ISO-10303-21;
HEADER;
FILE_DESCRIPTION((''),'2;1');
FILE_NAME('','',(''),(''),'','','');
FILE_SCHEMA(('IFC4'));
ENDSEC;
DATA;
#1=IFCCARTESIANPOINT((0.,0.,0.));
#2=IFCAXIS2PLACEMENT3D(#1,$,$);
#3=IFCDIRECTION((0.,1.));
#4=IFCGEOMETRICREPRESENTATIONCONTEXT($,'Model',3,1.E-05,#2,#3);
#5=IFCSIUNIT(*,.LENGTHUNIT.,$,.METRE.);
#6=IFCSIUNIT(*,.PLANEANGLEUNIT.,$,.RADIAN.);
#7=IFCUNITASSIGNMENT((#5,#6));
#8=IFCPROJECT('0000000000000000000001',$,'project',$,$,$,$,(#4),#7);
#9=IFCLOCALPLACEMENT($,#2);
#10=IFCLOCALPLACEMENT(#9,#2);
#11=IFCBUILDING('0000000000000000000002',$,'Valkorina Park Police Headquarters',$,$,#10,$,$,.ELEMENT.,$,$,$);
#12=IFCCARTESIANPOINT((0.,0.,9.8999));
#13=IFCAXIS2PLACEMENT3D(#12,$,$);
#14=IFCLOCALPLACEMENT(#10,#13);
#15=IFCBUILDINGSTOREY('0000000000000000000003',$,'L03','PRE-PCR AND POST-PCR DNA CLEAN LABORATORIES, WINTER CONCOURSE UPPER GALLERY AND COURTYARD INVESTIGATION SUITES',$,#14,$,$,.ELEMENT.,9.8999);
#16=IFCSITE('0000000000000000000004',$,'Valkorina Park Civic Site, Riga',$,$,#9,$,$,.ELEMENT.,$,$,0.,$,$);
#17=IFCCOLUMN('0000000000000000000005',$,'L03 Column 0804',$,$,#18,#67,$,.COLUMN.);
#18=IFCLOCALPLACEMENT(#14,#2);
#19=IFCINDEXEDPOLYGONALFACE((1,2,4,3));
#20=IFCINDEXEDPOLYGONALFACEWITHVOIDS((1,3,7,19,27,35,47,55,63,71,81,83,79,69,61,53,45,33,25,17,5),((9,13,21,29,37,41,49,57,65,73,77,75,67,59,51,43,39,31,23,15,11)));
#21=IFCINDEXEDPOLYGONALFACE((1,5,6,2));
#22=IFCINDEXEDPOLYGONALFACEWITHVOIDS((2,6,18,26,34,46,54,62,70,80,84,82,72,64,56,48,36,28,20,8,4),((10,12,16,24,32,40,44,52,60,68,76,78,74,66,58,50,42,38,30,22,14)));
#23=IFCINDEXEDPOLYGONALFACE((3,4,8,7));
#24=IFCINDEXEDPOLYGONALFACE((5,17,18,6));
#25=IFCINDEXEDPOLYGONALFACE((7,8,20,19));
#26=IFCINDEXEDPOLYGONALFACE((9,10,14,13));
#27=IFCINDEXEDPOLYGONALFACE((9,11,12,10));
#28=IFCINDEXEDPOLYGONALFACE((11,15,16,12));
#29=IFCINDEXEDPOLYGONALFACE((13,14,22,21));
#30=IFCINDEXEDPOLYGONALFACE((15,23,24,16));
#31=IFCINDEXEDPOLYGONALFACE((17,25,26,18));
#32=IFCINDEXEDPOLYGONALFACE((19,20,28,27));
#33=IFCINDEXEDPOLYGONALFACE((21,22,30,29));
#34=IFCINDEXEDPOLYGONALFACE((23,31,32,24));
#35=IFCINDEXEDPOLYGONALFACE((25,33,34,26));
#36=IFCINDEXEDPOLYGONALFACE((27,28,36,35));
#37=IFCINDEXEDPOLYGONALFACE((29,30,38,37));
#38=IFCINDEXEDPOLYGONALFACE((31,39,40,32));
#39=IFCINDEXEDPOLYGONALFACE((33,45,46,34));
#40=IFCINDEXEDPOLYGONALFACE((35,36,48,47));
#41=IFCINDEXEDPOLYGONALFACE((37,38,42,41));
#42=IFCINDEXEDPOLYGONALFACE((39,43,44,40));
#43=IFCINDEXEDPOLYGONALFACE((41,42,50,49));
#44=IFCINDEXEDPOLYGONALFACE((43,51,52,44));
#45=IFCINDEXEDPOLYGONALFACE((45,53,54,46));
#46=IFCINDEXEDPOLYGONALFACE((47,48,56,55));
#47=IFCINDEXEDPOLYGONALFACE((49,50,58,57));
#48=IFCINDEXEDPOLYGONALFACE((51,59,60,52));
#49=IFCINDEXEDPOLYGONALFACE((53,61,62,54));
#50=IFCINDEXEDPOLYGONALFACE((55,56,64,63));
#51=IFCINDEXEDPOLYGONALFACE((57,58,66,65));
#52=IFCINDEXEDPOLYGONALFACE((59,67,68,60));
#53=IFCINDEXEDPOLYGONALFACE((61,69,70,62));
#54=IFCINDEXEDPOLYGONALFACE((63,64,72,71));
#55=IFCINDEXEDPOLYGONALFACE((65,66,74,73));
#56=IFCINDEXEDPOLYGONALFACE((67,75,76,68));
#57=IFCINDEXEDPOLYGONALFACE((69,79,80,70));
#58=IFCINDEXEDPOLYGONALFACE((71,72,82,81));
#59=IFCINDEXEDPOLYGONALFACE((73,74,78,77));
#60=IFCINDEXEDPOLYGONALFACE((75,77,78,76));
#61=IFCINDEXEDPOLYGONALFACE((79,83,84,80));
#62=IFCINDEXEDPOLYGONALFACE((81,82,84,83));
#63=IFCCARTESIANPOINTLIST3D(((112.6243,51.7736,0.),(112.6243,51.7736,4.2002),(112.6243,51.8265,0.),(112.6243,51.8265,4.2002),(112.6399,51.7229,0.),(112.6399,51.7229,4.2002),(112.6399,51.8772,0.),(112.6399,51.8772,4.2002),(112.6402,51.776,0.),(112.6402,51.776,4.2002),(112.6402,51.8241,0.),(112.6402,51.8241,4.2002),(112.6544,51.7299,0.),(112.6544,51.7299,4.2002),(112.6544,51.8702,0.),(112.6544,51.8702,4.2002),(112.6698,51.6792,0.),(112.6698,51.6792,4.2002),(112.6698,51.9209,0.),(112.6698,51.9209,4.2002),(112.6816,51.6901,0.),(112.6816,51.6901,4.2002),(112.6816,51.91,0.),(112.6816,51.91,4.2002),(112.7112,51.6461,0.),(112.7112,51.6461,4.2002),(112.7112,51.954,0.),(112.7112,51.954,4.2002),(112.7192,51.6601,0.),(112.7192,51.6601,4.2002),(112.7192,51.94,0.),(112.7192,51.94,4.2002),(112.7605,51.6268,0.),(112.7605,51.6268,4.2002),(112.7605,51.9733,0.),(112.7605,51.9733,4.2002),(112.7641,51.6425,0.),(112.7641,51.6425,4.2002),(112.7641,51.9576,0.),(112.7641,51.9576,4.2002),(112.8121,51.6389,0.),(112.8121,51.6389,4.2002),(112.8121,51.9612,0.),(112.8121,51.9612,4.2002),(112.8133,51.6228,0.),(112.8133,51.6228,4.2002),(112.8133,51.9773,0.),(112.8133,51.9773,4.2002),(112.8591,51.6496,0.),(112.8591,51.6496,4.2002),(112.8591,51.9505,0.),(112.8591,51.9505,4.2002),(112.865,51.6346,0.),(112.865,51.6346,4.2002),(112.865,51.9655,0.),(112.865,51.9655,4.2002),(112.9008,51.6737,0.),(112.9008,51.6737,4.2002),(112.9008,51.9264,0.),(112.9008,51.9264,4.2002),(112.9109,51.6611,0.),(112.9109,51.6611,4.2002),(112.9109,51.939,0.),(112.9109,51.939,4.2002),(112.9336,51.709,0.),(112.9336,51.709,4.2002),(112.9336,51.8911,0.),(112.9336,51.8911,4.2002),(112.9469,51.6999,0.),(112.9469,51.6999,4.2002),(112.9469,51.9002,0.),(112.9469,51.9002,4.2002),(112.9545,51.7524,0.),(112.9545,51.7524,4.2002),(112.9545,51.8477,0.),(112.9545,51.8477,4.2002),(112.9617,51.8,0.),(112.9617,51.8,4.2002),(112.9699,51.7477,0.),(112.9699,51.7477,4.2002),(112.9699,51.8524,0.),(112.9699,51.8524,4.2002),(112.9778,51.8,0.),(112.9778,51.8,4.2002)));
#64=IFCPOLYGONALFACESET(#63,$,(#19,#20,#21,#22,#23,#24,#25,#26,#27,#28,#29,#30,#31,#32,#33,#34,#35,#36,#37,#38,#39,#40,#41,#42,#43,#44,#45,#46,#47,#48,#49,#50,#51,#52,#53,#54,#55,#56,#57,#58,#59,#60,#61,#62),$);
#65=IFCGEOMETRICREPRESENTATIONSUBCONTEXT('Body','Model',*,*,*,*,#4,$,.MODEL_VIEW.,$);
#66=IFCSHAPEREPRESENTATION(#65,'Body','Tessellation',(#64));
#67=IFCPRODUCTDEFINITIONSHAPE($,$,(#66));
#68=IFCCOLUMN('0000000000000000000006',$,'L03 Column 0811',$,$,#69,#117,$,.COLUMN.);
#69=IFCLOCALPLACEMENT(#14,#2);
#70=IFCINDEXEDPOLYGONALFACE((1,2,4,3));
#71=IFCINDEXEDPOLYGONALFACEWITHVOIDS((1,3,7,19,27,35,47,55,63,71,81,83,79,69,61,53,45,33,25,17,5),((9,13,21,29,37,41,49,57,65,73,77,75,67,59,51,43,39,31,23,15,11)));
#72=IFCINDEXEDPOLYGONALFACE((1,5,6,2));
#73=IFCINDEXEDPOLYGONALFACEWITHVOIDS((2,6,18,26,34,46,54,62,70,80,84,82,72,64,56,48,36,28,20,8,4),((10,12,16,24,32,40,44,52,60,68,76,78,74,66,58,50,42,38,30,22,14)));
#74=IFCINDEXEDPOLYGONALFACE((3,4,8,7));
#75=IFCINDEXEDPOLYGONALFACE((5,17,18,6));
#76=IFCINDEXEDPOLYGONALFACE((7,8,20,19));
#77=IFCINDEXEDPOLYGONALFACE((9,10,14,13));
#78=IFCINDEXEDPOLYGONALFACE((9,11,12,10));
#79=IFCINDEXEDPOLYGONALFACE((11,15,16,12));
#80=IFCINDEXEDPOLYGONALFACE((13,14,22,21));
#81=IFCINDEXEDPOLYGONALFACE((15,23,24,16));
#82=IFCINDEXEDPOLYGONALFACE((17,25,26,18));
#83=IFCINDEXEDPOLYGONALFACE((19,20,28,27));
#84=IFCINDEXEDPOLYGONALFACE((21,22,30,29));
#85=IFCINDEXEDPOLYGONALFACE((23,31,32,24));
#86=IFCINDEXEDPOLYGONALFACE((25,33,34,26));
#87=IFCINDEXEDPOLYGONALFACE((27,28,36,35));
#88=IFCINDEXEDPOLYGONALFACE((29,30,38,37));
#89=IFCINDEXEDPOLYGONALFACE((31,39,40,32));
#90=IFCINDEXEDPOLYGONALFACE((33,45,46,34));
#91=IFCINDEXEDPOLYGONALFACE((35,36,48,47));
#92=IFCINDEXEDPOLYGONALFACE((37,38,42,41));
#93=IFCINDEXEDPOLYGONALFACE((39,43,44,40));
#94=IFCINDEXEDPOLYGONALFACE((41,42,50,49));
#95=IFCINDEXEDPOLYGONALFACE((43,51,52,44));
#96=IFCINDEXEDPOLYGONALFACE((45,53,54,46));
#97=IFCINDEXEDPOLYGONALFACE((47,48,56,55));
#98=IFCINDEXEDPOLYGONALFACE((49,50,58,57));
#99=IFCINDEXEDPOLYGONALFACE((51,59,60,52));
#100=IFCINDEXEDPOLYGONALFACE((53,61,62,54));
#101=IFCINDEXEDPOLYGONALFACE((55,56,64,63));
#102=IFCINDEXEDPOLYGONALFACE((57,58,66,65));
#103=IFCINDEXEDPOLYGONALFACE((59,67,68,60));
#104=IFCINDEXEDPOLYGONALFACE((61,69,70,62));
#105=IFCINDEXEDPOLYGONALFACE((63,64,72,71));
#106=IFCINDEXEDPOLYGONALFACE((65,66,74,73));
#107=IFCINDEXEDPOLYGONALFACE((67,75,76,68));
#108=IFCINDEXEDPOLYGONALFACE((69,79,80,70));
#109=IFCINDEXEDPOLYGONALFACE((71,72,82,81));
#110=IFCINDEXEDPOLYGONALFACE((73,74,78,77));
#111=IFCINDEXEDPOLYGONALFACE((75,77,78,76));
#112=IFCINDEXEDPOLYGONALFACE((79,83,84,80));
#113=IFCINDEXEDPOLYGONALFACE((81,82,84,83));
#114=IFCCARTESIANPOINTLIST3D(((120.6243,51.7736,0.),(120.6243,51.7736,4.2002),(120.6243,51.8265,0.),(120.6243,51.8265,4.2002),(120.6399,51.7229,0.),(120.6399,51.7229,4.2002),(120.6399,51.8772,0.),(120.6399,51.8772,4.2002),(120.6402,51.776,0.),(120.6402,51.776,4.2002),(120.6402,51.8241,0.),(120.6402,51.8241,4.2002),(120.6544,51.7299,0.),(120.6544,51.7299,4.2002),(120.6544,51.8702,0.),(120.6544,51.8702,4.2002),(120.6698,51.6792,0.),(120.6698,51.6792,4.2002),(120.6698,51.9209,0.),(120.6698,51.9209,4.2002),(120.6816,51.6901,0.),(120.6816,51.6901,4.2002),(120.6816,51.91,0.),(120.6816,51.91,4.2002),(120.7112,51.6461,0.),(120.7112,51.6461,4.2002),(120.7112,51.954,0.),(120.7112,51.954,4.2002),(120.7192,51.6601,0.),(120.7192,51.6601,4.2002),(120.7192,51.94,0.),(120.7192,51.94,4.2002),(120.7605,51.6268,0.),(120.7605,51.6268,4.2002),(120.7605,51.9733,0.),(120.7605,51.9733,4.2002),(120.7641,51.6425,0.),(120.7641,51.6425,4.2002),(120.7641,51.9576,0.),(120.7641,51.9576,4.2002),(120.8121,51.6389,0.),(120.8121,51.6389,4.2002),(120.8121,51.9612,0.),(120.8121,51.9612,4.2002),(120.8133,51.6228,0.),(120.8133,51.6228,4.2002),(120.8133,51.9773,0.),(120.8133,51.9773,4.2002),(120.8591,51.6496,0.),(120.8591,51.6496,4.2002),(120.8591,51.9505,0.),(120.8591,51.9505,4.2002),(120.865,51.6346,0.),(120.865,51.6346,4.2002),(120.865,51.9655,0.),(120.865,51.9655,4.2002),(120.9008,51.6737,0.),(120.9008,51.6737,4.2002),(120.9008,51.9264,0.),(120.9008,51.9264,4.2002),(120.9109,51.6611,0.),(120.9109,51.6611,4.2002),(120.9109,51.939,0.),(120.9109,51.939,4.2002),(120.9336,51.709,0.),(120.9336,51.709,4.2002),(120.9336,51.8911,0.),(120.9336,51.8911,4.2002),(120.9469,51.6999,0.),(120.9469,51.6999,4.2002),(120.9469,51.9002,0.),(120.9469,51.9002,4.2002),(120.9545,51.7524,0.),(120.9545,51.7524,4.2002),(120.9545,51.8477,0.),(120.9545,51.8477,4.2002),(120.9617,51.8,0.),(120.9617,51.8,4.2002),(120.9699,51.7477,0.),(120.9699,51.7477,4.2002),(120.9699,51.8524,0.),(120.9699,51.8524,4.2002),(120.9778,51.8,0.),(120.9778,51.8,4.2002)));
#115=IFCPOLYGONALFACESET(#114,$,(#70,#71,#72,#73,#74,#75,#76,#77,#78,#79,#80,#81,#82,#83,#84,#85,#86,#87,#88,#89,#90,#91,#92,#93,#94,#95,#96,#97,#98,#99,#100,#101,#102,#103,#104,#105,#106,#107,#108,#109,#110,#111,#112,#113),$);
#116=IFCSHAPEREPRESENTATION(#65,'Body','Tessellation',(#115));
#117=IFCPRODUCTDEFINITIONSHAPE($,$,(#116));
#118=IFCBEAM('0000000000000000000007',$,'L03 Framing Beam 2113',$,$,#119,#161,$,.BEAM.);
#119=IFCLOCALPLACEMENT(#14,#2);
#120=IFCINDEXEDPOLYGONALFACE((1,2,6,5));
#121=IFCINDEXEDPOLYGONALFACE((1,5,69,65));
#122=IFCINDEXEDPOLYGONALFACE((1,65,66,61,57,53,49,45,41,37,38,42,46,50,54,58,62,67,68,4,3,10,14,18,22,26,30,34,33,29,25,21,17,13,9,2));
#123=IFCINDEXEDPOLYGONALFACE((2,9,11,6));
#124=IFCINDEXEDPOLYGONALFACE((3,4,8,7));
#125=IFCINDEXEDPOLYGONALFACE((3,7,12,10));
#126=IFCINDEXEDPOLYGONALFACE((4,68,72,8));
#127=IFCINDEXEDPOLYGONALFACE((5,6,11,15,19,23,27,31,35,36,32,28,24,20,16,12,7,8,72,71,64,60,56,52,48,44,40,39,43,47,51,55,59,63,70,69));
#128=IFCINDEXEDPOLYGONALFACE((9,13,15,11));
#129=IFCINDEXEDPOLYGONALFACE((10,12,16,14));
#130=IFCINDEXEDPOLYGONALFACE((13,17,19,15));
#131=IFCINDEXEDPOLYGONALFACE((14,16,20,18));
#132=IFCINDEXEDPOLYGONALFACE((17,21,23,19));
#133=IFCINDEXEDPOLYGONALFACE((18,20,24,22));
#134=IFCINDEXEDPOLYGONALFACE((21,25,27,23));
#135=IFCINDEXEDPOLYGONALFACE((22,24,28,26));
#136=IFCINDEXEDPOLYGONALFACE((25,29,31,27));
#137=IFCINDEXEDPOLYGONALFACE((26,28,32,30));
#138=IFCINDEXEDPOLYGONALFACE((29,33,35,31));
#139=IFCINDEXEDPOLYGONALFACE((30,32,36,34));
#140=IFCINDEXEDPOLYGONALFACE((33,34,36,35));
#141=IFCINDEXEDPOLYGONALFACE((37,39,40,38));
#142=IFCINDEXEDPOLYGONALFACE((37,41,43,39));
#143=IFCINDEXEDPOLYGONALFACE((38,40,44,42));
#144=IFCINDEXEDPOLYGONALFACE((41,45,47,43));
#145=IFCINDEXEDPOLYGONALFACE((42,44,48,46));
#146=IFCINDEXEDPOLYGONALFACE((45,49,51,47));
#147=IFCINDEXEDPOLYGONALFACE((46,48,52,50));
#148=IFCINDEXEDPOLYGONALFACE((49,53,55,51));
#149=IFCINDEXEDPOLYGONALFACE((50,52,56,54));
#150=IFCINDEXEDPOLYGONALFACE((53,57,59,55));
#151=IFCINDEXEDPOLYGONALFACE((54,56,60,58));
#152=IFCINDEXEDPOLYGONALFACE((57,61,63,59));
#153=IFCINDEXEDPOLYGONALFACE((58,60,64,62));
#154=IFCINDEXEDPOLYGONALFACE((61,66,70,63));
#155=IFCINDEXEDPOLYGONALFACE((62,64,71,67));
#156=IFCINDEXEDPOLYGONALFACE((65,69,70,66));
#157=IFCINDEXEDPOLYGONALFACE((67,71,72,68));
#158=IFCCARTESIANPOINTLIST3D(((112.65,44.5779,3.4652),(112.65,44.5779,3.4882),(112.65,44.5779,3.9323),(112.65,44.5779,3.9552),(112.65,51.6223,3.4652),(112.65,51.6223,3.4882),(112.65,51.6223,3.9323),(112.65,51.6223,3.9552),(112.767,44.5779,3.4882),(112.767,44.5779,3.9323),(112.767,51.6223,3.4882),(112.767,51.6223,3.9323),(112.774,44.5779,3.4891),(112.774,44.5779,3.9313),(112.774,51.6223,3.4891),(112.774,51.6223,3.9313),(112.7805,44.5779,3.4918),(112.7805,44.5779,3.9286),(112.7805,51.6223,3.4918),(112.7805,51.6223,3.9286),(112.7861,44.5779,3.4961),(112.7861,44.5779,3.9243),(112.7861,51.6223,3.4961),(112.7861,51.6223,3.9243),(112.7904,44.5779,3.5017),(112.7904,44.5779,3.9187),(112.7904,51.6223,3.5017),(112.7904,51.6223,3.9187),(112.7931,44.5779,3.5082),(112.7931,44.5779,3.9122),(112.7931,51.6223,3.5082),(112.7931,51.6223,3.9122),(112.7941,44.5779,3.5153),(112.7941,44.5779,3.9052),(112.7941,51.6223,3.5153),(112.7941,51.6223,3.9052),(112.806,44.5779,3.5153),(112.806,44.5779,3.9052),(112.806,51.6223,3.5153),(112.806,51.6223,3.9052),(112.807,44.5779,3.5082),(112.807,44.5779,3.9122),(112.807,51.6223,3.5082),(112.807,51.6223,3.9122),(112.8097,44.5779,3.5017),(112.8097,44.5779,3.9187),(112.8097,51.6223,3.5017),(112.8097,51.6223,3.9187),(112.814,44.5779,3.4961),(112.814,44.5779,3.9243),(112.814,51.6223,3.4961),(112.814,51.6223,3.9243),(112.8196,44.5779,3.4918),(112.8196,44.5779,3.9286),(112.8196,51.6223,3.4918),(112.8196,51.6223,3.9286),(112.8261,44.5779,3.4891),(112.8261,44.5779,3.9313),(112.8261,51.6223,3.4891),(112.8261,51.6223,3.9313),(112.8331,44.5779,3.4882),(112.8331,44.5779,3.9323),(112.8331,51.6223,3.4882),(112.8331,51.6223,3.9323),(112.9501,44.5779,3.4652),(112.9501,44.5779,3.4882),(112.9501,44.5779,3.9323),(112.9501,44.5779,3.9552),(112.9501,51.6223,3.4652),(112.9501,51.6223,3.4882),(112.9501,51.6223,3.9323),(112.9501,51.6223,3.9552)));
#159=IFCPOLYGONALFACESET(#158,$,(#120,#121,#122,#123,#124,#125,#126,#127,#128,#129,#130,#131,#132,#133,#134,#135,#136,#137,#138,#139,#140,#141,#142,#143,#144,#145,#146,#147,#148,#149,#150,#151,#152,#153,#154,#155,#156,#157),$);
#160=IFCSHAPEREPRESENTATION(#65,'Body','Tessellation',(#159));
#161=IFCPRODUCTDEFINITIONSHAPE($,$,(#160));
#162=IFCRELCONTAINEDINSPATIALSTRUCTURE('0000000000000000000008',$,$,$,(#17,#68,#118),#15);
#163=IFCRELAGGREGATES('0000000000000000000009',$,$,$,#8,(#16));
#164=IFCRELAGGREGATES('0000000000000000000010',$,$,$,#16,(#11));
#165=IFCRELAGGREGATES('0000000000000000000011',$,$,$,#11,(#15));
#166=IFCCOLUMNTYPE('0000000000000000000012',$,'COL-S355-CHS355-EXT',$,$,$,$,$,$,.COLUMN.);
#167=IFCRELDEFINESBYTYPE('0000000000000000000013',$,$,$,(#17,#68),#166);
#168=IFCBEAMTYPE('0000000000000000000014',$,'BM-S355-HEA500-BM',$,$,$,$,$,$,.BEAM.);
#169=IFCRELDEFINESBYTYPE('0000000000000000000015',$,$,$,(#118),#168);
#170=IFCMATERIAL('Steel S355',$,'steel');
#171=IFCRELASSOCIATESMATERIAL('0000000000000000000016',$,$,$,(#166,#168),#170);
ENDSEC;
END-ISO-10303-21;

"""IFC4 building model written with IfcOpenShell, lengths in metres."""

from ifc_helpers import new_model, si_unit, direction, frame, origin, origin_2d, place, context, subcontext, project, spatial, hollow_circle, i_section, extrude, material, material_profile, profile_set, type_object, element, save


model = new_model("IFC4")

# Units and contexts
model_context = context("Model", 3, precision=1e-05, world=origin(), true_north=direction((0.0, 1.0)))
body_context = subcontext(model_context, "Body", "Model", "MODEL_VIEW")
ifc_project = project(units=[si_unit("LENGTHUNIT", "METRE"), si_unit("PLANEANGLEUNIT", "RADIAN")], contexts=[model_context])

# Site, building, storey
site_placement = place(None, origin())
site = spatial("IfcSite", under=ifc_project, at=site_placement, Name="Valkorina Park Civic Site, Riga", CompositionType="ELEMENT", RefElevation=0.0)
building_placement = place(site_placement, origin())
building = spatial("IfcBuilding", under=site, at=building_placement, Name="Valkorina Park Police Headquarters", CompositionType="ELEMENT")
storey_placement = place(building_placement, frame((0.0, 0.0, 9.8999)))
storey = spatial("IfcBuildingStorey", under=building, at=storey_placement, Name="L03", Description="PRE-PCR AND POST-PCR DNA CLEAN LABORATORIES, WINTER CONCOURSE UPPER GALLERY AND COURTYARD INVESTIGATION SUITES", CompositionType="ELEMENT", Elevation=9.8999)

# Columns
ifc_material_1 = material(Name="Steel S355", Category="steel")
ifc_material_profile_1 = material_profile(ifc_material_1, hollow_circle(Radius=0.1777, WallThickness=0.0161, at=origin_2d()), Name="CHS 355.6x16")
ifc_profile_set_1 = profile_set([ifc_material_profile_1], Name="Steel S355")
column_type = type_object("IfcColumnType", Name="COL-S355-CHS355-EXT", PredefinedType="COLUMN", material=ifc_profile_set_1)
for number, where, z_axis, x_axis, name in (
    (1, (112.8, 51.8, 0.0), (0.0, 0.0, 1.0), (1.0, 0.0, 0.0), "L03 Column 0804"),
    (2, (120.8, 51.8, 0.0), (0.0, 0.0, 1.0), (1.0, 0.0, 0.0), "L03 Column 0811"),
):
    element("IfcColumn", number, at=place(storey_placement, frame(where, z_axis=z_axis, x_axis=x_axis)), inside=storey, type_object=column_type, Name=name, PredefinedType="COLUMN", context=body_context, shape_type="SweptSolid", body=[
        extrude(hollow_circle(Radius=0.1777, WallThickness=0.0161, at=origin_2d()), origin(), (0.0, 0.0, 1.0), 4.2002),
    ])

# Beam
ifc_material_profile_2 = material_profile(ifc_material_1, i_section(OverallWidth=0.3, OverallDepth=0.49, WebThickness=0.012, FlangeThickness=0.0229, FilletRadius=0.0271, at=origin_2d()), Name="HEA 500")
ifc_profile_set_2 = profile_set([ifc_material_profile_2], Name="Steel S355")
beam_type_1 = type_object("IfcBeamType", Name="BM-S355-HEA500-BM", PredefinedType="BEAM", material=ifc_profile_set_2)
beam_1_placement = place(storey_placement, frame((112.8, 44.5779, 3.7102), z_axis=(0.0, 1.0, 0.0), x_axis=(-1.0, 0.0, 0.0)))
element("IfcBeam", 3, at=beam_1_placement, inside=storey, type_object=beam_type_1, Name="L03 Framing Beam 2113", PredefinedType="BEAM", context=body_context, shape_type="SweptSolid", body=[
    extrude(i_section(OverallWidth=0.3, OverallDepth=0.49, WebThickness=0.012, FlangeThickness=0.0229, FilletRadius=0.0271, at=origin_2d()), origin(), (0.0, 0.0, 1.0), 7.0444),
])

save(model, "model.ifc")
